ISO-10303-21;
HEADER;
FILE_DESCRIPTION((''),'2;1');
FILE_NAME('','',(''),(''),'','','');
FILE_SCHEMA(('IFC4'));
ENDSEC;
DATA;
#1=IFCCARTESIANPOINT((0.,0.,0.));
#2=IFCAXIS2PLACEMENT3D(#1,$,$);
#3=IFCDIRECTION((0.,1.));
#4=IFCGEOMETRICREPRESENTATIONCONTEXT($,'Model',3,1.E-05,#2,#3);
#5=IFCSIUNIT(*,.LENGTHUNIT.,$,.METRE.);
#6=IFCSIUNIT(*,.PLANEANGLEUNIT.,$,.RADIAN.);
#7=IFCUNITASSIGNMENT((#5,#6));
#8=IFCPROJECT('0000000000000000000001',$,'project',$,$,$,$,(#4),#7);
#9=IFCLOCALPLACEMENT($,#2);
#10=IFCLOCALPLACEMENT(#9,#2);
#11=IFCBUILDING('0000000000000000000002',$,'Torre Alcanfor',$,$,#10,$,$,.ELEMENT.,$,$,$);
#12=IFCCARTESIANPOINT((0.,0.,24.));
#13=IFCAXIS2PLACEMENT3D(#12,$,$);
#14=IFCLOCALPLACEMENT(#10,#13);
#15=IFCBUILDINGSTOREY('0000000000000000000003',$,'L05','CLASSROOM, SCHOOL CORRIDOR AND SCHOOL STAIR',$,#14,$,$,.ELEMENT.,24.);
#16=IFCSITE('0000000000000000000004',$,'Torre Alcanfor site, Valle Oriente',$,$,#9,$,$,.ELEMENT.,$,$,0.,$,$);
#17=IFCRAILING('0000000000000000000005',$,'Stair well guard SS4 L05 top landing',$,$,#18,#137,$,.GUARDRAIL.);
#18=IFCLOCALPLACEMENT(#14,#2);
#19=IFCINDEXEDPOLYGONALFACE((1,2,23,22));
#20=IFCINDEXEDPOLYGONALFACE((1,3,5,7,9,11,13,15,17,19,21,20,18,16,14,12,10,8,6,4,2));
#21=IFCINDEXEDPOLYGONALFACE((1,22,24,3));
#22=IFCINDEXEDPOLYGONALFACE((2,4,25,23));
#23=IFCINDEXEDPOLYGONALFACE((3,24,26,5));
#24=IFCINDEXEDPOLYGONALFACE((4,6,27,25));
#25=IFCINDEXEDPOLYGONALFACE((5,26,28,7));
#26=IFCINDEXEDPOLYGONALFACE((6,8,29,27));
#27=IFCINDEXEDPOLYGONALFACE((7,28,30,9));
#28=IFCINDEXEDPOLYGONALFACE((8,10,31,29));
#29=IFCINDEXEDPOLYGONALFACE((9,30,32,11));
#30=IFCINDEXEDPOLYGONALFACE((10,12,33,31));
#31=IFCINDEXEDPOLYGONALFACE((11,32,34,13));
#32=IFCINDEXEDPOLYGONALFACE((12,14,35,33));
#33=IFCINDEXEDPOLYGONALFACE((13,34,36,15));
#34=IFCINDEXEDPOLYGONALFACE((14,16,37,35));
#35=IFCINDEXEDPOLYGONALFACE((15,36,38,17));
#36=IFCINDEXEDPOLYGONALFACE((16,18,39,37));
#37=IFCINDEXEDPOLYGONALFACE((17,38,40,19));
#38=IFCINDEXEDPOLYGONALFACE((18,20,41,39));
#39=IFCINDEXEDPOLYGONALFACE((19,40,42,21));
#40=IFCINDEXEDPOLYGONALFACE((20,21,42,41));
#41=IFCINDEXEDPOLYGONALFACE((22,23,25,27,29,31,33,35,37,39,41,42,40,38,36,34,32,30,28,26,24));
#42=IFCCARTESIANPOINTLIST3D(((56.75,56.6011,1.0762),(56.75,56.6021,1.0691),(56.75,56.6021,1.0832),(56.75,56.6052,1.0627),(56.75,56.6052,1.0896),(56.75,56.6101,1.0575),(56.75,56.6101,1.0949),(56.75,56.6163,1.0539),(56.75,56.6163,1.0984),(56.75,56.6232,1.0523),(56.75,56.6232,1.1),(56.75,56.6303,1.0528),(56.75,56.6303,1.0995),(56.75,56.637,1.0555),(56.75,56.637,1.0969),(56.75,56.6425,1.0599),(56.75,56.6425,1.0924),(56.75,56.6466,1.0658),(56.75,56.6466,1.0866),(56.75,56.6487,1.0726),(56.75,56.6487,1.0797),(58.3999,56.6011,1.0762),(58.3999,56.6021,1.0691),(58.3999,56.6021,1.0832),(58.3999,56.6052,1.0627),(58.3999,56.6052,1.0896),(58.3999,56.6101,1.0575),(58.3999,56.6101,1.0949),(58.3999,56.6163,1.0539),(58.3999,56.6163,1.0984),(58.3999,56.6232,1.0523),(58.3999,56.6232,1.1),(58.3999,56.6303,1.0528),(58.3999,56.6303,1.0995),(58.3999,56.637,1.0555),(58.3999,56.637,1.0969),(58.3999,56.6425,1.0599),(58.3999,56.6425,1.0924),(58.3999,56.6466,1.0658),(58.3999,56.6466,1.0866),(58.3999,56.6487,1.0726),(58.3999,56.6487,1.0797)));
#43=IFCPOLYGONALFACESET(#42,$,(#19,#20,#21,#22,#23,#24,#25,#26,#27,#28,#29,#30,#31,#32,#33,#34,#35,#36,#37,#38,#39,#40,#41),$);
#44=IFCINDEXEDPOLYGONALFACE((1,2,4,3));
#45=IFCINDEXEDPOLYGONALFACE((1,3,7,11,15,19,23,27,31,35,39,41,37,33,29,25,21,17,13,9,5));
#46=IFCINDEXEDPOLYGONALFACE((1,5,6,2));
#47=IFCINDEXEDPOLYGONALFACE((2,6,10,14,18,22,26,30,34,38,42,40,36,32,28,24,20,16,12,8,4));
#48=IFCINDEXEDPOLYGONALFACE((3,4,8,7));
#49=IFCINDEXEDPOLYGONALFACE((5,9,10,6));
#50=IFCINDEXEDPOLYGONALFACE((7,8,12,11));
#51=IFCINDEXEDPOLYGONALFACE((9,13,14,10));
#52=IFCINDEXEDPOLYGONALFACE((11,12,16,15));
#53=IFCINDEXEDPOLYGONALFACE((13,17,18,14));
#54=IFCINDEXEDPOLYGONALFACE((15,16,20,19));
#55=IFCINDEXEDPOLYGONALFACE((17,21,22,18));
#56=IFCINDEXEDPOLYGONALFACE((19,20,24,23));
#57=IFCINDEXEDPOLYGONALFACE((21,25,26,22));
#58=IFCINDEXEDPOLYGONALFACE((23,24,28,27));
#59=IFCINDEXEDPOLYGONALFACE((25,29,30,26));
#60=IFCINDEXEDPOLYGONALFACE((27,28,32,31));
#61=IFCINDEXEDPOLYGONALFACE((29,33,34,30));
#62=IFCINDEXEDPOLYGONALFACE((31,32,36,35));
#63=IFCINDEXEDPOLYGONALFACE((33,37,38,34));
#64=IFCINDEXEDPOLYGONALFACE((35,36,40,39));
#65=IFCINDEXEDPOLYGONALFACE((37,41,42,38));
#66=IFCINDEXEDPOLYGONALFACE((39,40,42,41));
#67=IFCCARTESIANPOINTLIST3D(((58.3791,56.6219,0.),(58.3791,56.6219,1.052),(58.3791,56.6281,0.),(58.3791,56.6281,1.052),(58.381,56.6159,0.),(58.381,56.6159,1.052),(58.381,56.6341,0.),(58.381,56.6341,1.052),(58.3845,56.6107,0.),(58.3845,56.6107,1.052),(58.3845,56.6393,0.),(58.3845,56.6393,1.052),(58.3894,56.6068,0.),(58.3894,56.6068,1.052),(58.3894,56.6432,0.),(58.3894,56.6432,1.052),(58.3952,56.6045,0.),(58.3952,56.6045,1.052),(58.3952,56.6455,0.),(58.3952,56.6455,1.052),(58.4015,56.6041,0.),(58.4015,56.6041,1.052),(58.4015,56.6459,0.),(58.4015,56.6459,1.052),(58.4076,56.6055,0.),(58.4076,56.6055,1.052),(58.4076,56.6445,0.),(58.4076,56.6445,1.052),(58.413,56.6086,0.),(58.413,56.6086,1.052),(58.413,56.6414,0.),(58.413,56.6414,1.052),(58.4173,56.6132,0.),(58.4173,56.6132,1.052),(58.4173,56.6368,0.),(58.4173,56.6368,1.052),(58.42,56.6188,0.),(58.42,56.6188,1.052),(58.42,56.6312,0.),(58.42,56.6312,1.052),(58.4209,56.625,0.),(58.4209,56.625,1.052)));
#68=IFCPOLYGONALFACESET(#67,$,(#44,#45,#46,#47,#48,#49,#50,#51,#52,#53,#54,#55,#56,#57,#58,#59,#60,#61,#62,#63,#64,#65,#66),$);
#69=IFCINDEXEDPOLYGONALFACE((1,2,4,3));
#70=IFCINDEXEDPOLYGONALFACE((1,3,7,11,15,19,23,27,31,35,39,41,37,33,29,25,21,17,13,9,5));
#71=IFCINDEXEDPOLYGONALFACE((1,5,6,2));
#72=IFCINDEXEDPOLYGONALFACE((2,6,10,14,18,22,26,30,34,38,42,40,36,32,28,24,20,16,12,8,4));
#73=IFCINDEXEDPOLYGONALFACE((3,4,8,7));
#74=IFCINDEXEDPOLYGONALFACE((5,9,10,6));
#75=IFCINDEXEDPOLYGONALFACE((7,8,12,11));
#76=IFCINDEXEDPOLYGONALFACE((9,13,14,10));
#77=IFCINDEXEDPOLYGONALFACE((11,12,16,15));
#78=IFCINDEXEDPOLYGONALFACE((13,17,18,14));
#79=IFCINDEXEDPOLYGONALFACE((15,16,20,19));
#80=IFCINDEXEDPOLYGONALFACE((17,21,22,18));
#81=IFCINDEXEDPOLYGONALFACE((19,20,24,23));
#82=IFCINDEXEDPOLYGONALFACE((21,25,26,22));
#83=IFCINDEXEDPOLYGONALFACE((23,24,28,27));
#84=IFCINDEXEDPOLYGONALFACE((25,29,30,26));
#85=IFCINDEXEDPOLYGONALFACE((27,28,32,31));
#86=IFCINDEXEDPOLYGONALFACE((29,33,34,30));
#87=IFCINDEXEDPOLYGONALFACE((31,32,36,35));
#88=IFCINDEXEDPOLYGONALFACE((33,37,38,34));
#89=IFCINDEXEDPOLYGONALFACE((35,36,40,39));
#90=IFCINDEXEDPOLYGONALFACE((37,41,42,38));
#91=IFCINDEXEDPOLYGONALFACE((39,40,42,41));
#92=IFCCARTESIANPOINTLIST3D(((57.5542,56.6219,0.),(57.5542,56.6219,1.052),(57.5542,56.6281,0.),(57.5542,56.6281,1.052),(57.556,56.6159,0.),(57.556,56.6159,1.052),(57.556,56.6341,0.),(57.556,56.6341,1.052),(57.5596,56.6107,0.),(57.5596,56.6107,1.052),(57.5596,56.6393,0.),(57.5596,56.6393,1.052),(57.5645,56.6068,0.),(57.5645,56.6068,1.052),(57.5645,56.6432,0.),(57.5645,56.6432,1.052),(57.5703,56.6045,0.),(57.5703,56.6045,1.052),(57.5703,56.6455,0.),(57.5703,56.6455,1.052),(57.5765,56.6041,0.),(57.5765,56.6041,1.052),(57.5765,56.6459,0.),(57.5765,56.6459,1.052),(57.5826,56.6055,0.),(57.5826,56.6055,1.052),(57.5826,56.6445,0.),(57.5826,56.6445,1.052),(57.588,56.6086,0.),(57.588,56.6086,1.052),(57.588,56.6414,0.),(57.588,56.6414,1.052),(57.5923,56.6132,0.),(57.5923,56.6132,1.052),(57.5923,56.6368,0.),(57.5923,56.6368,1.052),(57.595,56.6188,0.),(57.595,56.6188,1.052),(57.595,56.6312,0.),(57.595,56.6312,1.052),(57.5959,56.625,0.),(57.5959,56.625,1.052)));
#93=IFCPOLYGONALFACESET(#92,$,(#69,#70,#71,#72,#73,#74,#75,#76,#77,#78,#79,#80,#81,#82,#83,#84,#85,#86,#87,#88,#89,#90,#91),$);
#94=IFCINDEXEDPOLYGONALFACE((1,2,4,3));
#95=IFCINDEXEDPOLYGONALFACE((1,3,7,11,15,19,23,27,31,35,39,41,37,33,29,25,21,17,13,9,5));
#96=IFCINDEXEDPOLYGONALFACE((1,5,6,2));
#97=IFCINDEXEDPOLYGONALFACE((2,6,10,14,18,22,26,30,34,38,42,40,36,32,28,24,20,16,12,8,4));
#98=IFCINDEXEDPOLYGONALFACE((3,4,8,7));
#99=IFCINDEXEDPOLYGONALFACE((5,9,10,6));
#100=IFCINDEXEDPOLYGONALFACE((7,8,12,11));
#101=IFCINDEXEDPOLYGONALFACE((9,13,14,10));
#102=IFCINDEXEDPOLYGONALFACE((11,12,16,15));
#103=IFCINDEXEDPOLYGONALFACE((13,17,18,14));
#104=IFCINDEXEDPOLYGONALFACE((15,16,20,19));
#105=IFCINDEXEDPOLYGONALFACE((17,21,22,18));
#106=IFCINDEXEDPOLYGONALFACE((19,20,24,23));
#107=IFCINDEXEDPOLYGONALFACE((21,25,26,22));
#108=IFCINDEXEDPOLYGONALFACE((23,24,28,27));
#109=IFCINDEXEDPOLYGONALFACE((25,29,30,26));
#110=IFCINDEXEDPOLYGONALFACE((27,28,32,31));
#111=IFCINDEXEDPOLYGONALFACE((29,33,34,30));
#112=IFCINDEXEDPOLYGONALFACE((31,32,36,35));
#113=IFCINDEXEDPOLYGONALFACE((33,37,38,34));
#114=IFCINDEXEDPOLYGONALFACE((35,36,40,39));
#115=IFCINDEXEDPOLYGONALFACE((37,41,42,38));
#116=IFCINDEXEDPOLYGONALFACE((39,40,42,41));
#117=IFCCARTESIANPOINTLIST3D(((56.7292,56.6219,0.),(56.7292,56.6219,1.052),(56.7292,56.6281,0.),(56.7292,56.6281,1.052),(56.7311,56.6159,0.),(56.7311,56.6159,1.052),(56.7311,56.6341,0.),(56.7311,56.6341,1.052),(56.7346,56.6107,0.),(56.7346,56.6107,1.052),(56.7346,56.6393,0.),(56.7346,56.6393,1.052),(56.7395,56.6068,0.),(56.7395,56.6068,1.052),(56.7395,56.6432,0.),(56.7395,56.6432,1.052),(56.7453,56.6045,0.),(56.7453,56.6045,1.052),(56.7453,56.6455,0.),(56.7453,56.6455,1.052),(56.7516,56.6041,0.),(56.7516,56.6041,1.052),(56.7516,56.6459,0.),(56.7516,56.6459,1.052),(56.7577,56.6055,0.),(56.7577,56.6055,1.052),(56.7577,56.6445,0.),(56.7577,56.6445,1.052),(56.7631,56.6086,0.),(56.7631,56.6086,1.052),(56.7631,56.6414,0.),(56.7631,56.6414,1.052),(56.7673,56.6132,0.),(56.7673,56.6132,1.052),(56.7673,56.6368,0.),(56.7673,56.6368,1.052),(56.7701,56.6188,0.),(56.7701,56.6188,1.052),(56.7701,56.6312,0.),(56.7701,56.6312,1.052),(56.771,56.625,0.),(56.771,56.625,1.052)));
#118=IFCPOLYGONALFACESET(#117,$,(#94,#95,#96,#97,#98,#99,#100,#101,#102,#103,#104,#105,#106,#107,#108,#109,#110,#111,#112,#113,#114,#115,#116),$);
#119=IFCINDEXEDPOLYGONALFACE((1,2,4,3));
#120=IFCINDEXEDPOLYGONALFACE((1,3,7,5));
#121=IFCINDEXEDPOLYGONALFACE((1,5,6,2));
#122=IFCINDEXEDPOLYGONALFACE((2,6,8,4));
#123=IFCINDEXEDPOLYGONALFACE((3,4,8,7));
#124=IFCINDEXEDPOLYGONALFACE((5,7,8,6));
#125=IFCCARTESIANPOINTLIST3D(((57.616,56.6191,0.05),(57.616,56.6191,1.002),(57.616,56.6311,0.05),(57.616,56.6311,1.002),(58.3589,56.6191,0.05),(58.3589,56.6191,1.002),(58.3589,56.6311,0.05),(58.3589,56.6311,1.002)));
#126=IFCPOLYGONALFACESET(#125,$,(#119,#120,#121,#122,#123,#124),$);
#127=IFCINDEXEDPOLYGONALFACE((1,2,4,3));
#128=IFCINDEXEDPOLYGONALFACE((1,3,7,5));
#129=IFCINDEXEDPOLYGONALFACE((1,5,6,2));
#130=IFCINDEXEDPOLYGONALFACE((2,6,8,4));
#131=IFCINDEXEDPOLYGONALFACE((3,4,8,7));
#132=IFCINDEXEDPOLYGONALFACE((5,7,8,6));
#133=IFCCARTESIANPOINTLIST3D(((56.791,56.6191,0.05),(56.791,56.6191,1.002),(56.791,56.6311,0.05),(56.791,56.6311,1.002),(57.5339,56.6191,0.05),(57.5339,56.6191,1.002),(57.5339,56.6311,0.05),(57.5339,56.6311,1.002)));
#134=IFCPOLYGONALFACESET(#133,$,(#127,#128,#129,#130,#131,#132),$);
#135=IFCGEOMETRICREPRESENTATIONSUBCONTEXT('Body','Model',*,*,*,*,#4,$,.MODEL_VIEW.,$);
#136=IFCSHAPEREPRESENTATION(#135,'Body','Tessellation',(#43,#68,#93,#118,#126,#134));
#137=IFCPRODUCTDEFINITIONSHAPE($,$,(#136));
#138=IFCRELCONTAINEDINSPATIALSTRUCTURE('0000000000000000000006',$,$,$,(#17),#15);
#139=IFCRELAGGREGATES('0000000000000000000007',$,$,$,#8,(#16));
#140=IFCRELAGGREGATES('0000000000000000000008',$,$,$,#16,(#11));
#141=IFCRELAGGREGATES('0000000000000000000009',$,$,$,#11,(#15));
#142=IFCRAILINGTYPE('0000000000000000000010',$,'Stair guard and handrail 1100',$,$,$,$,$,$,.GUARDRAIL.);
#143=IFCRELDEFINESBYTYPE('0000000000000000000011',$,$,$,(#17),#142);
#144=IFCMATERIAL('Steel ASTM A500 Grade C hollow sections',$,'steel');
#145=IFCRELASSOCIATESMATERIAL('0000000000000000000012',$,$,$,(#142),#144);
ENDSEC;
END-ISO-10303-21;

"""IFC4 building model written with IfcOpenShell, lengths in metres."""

from ifc_helpers import new_model, si_unit, direction, frame, origin, origin_2d, place, context, subcontext, project, spatial, polyline, circle, outline, extrude, material, type_object, element, save


model = new_model("IFC4")

# Units and contexts
model_context = context("Model", 3, precision=1e-05, world=origin(), true_north=direction((0.0, 1.0)))
body_context = subcontext(model_context, "Body", "Model", "MODEL_VIEW")
ifc_project = project(units=[si_unit("LENGTHUNIT", "METRE"), si_unit("PLANEANGLEUNIT", "RADIAN")], contexts=[model_context])

# Site, building, storey
site_placement = place(None, origin())
site = spatial("IfcSite", under=ifc_project, at=site_placement, Name="Torre Alcanfor site, Valle Oriente", CompositionType="ELEMENT", RefElevation=0.0)
building_placement = place(site_placement, origin())
building = spatial("IfcBuilding", under=site, at=building_placement, Name="Torre Alcanfor", CompositionType="ELEMENT")
storey_placement = place(building_placement, frame((0.0, 0.0, 24.0)))
storey = spatial("IfcBuildingStorey", under=building, at=storey_placement, Name="L05", Description="CLASSROOM, SCHOOL CORRIDOR AND SCHOOL STAIR", CompositionType="ELEMENT", Elevation=24.0)

# Railing
ifc_material_1 = material(Name="Steel ASTM A500 Grade C hollow sections", Category="steel")
railing_type = type_object("IfcRailingType", Name="Stair guard and handrail 1100", PredefinedType="GUARDRAIL", material=ifc_material_1)
railing_1_placement = place(storey_placement, frame((58.3999, 56.625, 0.0)))
element("IfcRailing", 1, at=railing_1_placement, inside=storey, type_object=railing_type, Name="Stair well guard SS4 L05 top landing", PredefinedType="GUARDRAIL", context=body_context, shape_type="SweptSolid", body=[
    extrude(circle(Radius=0.0239, at=origin_2d()), frame((0.0, 0.0, 1.0762), z_axis=(-1.0, 0.0, 0.0), x_axis=(0.0, -1.0, 0.0)), (0.0, 0.0, 1.0), 1.6499),
    extrude(circle(Radius=0.021, at=origin_2d()), origin(), (0.0, 0.0, 1.0), 1.052),
    extrude(circle(Radius=0.021, at=origin_2d()), frame((-0.825, 0.0, 0.0)), (0.0, 0.0, 1.0), 1.052),
    extrude(circle(Radius=0.021, at=origin_2d()), frame((-1.6499, 0.0, 0.0)), (0.0, 0.0, 1.0), 1.052),
    extrude(outline(polyline([(0.041, 0.05), (0.7839, 0.05), (0.7839, 1.002), (0.041, 1.002), (0.041, 0.05)])), frame((0.0, -0.0059, 0.0), z_axis=(0.0, 1.0, 0.0), x_axis=(-1.0, 0.0, 0.0)), (0.0, 0.0, 1.0), 0.012),
    extrude(outline(polyline([(0.866, 0.05), (1.6089, 0.05), (1.6089, 1.002), (0.866, 1.002), (0.866, 0.05)])), frame((0.0, -0.0059, 0.0), z_axis=(0.0, 1.0, 0.0), x_axis=(-1.0, 0.0, 0.0)), (0.0, 0.0, 1.0), 0.012),
])

save(model, "model.ifc")
